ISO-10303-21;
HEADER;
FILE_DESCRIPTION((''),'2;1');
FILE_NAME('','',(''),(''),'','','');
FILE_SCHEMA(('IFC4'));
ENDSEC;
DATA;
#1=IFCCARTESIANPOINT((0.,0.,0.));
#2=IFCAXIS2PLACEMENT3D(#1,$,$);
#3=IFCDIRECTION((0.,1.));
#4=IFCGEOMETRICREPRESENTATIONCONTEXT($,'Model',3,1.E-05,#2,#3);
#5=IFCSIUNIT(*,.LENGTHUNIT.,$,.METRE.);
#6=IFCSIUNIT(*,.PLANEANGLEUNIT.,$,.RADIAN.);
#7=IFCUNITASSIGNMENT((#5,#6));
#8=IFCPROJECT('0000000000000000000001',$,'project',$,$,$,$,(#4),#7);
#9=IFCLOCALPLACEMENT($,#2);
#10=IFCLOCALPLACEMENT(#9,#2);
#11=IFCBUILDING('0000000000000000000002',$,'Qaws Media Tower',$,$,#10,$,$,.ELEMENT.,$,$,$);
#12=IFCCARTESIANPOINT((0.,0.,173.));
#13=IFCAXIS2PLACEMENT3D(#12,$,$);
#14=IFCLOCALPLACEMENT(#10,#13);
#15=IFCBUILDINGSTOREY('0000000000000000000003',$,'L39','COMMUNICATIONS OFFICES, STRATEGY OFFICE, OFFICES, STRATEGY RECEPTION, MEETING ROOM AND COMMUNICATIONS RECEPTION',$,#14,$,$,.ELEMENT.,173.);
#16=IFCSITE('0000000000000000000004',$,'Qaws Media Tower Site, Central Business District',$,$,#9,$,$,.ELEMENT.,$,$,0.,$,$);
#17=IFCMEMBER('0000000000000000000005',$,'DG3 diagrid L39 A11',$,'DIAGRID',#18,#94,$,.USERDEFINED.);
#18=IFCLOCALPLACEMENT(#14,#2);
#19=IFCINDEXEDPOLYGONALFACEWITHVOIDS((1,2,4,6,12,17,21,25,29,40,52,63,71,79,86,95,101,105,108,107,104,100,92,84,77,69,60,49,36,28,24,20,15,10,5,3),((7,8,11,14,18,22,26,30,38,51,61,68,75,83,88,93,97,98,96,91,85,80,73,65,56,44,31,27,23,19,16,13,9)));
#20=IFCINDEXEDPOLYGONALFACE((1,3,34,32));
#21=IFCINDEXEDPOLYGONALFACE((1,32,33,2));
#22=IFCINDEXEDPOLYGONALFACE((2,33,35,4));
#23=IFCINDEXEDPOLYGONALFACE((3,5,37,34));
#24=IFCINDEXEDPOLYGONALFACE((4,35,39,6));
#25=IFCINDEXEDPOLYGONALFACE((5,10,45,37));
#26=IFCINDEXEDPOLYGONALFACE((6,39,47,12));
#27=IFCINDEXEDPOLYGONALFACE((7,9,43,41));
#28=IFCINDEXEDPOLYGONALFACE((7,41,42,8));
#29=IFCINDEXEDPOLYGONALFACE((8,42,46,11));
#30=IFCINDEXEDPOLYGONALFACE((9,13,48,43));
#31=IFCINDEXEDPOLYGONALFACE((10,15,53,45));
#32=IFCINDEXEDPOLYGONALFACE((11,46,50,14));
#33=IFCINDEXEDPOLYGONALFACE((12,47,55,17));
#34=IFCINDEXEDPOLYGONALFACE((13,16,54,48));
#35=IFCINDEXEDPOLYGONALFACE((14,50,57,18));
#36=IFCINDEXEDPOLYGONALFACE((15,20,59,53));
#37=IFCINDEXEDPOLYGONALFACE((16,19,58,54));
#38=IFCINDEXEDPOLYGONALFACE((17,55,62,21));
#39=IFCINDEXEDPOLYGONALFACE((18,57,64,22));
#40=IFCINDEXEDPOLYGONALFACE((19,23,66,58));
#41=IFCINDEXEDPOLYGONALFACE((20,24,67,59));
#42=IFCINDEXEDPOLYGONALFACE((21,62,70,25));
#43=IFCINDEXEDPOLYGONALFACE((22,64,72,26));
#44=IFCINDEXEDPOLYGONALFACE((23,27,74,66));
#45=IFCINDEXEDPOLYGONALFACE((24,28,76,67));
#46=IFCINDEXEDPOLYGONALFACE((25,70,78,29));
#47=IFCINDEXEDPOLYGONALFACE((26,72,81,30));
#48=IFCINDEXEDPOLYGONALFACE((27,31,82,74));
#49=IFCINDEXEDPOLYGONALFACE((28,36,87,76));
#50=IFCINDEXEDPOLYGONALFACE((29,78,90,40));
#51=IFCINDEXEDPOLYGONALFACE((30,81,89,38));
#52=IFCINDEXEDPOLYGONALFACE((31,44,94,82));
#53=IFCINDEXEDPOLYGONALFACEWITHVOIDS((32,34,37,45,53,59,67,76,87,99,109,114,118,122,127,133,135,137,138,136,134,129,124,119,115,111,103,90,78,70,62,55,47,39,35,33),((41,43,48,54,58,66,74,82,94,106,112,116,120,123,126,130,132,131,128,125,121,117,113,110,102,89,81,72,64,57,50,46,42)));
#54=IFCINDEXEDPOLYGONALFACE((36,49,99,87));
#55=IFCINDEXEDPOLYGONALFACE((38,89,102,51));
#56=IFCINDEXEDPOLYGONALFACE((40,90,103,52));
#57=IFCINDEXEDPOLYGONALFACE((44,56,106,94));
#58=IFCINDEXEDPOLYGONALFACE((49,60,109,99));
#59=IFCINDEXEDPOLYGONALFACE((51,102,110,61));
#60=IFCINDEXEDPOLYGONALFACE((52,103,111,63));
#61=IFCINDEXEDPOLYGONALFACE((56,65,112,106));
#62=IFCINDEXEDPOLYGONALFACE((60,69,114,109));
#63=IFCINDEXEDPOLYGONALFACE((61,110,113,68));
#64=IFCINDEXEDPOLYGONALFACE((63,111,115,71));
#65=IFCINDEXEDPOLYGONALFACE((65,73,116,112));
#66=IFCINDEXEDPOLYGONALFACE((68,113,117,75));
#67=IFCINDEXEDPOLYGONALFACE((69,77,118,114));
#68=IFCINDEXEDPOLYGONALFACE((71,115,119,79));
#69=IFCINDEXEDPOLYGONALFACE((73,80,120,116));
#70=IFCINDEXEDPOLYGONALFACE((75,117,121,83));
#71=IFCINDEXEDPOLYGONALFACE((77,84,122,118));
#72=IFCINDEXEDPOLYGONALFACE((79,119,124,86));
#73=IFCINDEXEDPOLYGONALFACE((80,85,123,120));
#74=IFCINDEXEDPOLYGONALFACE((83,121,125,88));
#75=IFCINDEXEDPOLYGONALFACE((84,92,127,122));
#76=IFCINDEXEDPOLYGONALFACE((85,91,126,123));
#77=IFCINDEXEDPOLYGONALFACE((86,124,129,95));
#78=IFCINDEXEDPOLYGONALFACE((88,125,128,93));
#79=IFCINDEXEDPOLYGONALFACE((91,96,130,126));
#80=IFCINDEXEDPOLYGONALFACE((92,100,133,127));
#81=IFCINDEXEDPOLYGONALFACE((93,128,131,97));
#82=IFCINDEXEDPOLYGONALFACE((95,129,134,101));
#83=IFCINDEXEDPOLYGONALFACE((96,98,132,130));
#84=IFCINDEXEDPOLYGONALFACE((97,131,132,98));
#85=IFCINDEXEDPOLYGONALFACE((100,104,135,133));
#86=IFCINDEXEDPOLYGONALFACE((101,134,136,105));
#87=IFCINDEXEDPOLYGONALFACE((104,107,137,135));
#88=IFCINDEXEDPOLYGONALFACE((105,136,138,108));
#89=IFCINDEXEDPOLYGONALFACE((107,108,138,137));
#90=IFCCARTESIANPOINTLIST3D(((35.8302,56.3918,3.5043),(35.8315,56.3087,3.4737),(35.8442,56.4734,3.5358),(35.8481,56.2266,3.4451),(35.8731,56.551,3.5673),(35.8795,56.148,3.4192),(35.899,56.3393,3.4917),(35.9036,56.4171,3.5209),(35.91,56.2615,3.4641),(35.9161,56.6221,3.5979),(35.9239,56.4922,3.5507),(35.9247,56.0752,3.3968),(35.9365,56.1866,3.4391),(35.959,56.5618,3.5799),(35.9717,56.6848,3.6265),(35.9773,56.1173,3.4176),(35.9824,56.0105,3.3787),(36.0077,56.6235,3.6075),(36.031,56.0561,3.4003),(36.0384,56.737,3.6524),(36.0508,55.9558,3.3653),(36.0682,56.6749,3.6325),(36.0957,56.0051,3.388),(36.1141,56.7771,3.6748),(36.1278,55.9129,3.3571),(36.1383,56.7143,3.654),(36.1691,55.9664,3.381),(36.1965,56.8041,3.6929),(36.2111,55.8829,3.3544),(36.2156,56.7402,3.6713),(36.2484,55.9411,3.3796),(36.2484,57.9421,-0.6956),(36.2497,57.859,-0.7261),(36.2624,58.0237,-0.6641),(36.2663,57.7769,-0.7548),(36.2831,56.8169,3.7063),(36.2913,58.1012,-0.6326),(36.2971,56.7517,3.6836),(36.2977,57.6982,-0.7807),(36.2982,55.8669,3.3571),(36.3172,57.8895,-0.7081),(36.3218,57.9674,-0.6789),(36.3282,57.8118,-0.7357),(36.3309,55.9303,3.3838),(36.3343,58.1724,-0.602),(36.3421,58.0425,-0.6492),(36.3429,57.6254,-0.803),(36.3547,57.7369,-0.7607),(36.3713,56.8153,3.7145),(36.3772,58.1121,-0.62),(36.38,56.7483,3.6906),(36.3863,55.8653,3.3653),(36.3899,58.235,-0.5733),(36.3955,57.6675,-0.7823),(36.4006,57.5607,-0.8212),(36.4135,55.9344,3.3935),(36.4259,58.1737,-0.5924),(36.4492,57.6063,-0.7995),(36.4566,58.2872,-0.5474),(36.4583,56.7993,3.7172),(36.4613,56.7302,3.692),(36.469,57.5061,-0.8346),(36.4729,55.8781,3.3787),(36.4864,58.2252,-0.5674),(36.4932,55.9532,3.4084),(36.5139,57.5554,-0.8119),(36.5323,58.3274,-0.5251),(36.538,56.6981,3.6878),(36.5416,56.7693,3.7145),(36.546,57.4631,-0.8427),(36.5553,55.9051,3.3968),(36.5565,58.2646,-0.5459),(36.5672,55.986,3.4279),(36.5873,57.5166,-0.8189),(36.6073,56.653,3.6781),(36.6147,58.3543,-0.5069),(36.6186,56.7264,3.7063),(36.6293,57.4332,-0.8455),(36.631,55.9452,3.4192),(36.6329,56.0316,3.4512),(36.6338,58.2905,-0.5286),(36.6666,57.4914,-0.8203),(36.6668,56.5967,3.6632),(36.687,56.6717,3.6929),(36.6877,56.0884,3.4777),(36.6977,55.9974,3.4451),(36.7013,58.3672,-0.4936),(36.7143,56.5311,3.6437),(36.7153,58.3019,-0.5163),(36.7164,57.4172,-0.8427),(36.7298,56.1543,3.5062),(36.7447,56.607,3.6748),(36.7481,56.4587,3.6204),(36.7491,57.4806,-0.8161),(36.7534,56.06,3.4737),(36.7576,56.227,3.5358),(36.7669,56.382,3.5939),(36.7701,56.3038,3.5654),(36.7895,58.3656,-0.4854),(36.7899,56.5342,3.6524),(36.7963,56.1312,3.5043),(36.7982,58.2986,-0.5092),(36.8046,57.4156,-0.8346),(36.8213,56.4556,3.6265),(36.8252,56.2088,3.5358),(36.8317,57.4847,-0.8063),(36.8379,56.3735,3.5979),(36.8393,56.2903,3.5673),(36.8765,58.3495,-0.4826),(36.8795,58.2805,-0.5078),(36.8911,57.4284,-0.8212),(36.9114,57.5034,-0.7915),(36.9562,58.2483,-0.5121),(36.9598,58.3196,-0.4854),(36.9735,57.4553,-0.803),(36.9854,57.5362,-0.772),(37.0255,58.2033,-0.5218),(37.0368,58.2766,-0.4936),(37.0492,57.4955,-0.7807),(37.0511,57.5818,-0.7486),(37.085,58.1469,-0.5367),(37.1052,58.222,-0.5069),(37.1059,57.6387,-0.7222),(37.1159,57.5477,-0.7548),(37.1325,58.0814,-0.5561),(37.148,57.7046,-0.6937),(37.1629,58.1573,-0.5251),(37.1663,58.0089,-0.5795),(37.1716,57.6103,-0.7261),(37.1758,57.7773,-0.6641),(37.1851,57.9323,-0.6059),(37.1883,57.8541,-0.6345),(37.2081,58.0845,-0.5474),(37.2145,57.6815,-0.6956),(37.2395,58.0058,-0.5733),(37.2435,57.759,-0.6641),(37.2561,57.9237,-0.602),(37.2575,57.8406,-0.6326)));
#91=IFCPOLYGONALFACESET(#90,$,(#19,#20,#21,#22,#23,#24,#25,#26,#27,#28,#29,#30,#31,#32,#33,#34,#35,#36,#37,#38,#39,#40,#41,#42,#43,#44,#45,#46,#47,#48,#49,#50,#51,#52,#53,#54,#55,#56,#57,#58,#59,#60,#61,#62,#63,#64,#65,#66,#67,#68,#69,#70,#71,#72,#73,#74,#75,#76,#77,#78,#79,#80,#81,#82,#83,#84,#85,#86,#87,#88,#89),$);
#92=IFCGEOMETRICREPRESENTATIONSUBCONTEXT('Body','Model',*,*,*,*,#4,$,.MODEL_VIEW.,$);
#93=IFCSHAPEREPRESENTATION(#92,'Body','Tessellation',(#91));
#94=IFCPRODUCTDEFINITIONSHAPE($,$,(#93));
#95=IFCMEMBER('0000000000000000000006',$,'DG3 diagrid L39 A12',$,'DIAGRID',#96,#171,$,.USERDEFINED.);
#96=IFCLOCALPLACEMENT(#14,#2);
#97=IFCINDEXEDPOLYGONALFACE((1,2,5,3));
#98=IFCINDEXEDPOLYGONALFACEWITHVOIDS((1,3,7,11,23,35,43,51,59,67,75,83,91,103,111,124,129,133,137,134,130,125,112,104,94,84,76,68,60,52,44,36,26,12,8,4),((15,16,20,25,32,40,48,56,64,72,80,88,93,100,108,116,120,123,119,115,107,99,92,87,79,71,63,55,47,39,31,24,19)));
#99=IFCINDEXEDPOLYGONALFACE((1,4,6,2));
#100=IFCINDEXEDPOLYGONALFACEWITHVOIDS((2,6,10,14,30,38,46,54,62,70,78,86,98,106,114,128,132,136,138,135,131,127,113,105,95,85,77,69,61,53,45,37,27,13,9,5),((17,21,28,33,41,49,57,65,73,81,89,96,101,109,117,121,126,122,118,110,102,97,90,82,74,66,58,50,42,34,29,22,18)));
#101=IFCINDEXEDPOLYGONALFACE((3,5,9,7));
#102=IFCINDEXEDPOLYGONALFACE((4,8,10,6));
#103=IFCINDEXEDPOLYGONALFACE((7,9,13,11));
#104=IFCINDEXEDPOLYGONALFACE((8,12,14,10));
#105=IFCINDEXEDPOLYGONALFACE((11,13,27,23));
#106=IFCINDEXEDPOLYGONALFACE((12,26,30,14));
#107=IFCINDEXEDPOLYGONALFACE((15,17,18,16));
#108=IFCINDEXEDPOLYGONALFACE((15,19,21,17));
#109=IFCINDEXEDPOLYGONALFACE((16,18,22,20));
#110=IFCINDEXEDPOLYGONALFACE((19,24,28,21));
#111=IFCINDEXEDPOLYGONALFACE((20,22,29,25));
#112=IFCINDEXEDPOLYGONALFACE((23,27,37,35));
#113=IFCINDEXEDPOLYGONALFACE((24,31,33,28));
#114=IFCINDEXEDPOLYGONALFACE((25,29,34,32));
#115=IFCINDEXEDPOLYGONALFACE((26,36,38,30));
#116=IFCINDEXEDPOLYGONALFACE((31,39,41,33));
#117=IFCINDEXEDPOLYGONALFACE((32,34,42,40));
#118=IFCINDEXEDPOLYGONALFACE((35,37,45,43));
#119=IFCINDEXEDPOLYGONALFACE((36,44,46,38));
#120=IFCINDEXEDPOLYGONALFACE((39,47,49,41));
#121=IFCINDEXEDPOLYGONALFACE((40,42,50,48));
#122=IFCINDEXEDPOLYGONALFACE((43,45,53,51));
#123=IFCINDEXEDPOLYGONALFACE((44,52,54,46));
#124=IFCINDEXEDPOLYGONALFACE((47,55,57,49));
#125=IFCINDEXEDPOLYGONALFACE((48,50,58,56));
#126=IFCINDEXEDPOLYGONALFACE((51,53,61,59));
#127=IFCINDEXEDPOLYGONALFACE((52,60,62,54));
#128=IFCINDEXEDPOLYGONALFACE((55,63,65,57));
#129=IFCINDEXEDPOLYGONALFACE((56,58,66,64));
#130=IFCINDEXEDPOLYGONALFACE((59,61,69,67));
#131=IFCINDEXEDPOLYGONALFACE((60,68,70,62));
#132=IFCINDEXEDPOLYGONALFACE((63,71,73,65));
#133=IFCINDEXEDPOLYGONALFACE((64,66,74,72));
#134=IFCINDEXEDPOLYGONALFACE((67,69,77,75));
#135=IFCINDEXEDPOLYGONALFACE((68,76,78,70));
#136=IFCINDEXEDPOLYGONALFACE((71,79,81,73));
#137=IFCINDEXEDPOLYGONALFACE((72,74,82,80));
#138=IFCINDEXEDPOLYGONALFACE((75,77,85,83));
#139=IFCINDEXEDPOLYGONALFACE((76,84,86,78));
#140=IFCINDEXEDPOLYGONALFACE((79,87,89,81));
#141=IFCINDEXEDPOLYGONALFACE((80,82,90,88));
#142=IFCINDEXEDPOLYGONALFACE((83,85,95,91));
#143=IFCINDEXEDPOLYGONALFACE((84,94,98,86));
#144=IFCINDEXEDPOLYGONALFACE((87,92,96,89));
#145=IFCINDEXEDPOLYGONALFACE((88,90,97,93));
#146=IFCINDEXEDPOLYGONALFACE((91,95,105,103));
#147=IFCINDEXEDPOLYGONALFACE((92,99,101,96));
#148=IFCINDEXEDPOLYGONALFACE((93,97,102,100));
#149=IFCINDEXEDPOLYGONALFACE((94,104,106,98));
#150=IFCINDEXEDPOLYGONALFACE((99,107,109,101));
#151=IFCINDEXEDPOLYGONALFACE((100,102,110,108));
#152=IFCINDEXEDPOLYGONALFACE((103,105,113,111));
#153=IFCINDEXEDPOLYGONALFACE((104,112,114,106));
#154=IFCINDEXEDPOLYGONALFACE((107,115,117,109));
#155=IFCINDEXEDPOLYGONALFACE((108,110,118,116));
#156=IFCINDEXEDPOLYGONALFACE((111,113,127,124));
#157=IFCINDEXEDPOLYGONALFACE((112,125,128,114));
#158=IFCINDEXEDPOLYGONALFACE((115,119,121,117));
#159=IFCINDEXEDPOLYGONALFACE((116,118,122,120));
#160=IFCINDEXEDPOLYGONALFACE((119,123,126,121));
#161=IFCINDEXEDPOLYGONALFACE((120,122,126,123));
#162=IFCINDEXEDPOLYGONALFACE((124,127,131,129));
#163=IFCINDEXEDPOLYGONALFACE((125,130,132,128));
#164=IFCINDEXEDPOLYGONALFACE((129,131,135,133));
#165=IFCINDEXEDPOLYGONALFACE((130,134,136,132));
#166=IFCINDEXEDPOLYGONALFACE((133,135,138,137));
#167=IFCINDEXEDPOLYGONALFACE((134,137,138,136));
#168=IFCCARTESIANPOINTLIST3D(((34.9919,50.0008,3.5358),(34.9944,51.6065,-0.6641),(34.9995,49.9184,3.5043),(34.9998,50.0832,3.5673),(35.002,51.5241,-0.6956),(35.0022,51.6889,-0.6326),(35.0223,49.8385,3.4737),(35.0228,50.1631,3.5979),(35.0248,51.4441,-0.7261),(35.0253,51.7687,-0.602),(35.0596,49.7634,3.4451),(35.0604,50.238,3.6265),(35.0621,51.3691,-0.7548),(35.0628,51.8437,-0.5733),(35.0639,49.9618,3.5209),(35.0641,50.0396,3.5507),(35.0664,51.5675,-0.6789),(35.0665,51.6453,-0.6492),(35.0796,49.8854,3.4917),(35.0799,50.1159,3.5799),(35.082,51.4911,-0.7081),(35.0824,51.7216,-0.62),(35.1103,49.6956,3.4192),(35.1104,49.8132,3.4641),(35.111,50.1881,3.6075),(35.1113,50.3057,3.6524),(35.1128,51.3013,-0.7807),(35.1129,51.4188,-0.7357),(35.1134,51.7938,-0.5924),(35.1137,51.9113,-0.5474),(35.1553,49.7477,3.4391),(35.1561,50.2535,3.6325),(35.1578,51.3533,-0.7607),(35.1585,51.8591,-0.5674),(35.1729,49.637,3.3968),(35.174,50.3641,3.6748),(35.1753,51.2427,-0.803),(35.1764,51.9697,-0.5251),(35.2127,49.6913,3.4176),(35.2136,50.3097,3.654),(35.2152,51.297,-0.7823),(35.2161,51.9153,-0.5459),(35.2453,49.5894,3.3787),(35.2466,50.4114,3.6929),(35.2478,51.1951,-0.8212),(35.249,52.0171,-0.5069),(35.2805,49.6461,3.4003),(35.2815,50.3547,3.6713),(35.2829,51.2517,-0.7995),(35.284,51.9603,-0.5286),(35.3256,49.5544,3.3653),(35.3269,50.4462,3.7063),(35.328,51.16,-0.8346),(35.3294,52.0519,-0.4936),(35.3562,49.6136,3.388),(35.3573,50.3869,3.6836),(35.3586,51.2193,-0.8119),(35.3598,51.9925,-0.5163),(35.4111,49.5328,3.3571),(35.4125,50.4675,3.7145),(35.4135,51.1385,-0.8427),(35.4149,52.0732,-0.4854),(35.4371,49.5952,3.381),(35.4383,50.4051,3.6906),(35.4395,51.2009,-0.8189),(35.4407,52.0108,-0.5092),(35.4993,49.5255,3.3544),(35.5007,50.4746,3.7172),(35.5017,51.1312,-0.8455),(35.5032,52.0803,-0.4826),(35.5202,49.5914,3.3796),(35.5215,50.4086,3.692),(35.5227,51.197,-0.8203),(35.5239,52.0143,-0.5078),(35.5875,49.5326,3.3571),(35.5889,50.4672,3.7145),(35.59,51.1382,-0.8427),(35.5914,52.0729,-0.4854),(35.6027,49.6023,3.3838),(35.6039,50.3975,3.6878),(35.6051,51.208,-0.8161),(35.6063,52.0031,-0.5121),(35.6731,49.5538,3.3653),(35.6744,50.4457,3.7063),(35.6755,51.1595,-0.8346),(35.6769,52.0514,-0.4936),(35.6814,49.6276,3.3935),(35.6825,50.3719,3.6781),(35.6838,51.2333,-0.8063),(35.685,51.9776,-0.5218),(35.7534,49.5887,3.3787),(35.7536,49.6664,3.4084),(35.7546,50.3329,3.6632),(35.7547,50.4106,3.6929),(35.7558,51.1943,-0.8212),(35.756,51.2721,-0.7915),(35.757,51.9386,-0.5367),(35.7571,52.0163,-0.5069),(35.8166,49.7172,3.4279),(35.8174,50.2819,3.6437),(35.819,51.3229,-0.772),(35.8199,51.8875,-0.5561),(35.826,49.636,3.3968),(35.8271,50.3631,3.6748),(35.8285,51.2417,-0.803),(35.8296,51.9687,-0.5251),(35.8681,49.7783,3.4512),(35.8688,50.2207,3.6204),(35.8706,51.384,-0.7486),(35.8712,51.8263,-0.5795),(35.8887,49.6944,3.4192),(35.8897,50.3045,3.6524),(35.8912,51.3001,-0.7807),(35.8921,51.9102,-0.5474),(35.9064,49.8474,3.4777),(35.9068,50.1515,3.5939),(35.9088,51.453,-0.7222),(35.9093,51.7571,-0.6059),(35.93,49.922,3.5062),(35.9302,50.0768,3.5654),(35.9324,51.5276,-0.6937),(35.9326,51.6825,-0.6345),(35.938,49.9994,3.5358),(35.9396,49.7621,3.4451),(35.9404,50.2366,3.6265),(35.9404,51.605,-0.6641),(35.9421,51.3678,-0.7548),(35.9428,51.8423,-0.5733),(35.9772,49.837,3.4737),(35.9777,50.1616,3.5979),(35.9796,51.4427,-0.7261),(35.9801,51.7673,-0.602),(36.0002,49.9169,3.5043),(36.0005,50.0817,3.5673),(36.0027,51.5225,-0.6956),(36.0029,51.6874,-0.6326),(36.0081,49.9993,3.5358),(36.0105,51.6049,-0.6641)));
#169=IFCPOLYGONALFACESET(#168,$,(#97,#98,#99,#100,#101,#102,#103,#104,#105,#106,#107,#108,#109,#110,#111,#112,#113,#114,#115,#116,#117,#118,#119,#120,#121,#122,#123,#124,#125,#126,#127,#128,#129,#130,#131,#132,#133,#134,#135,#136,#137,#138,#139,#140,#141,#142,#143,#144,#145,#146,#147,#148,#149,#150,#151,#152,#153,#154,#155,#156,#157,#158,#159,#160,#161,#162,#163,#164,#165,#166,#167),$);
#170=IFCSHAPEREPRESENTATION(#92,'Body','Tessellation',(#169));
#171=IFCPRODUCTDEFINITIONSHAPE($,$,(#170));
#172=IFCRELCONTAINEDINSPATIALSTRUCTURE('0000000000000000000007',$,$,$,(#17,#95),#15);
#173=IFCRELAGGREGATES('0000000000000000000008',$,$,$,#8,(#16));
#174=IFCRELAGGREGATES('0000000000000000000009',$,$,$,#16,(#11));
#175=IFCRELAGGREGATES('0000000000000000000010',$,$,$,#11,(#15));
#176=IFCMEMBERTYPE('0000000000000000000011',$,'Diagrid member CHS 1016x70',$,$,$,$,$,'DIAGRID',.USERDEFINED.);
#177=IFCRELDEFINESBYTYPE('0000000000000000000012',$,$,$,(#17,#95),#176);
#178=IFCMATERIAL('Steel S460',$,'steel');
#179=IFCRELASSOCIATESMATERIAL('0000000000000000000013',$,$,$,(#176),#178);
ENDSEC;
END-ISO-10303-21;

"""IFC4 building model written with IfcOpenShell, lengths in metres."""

from ifc_helpers import new_model, si_unit, direction, frame, origin, origin_2d, place, context, subcontext, project, spatial, hollow_circle, extrude, material, material_profile, profile_set, type_object, element, save


model = new_model("IFC4")

# Units and contexts
model_context = context("Model", 3, precision=1e-05, world=origin(), true_north=direction((0.0, 1.0)))
body_context = subcontext(model_context, "Body", "Model", "MODEL_VIEW")
ifc_project = project(units=[si_unit("LENGTHUNIT", "METRE"), si_unit("PLANEANGLEUNIT", "RADIAN")], contexts=[model_context])

# Site, building, storey
site_placement = place(None, origin())
site = spatial("IfcSite", under=ifc_project, at=site_placement, Name="Qaws Media Tower Site, Central Business District", CompositionType="ELEMENT", RefElevation=0.0)
building_placement = place(site_placement, origin())
building = spatial("IfcBuilding", under=site, at=building_placement, Name="Qaws Media Tower", CompositionType="ELEMENT")
storey_placement = place(building_placement, frame((0.0, 0.0, 173.0)))
storey = spatial("IfcBuildingStorey", under=building, at=storey_placement, Name="L39", Description="COMMUNICATIONS OFFICES, STRATEGY OFFICE, OFFICES, STRATEGY RECEPTION, MEETING ROOM AND COMMUNICATIONS RECEPTION", CompositionType="ELEMENT", Elevation=173.0)

# Members
ifc_material_1 = material(Name="Steel S460", Category="steel")
ifc_material_profile_1 = material_profile(ifc_material_1, hollow_circle(Radius=0.5081, WallThickness=0.0701, at=origin_2d()), Name="CHS 1016x70")
ifc_profile_set_1 = profile_set([ifc_material_profile_1], Name="Steel S460")
member_type_1 = type_object("IfcMemberType", Name="Diagrid member CHS 1016x70", ElementType="DIAGRID", PredefinedType="USERDEFINED", material=ifc_profile_set_1)
for number, where, z_axis, x_axis, name in (
    (1, (36.7529, 57.8914, -0.6641), (-0.09301, -0.344783, 0.934063), (0.965486, -0.260453, 0.0), "DG3 diagrid L39 A11"),
    (2, (35.5024, 51.6057, -0.6641), (-0.000543, -0.357108, 0.934063), (0.999999, -0.00152, 0.0), "DG3 diagrid L39 A12"),
):
    element("IfcMember", number, at=place(storey_placement, frame(where, z_axis=z_axis, x_axis=x_axis)), inside=storey, type_object=member_type_1, Name=name, ObjectType="DIAGRID", PredefinedType="USERDEFINED", context=body_context, shape_type="SweptSolid", body=[
        extrude(hollow_circle(Radius=0.5081, WallThickness=0.0701, at=origin_2d()), origin(), (0.0, 0.0, 1.0), 4.4963),
    ])

save(model, "model.ifc")
